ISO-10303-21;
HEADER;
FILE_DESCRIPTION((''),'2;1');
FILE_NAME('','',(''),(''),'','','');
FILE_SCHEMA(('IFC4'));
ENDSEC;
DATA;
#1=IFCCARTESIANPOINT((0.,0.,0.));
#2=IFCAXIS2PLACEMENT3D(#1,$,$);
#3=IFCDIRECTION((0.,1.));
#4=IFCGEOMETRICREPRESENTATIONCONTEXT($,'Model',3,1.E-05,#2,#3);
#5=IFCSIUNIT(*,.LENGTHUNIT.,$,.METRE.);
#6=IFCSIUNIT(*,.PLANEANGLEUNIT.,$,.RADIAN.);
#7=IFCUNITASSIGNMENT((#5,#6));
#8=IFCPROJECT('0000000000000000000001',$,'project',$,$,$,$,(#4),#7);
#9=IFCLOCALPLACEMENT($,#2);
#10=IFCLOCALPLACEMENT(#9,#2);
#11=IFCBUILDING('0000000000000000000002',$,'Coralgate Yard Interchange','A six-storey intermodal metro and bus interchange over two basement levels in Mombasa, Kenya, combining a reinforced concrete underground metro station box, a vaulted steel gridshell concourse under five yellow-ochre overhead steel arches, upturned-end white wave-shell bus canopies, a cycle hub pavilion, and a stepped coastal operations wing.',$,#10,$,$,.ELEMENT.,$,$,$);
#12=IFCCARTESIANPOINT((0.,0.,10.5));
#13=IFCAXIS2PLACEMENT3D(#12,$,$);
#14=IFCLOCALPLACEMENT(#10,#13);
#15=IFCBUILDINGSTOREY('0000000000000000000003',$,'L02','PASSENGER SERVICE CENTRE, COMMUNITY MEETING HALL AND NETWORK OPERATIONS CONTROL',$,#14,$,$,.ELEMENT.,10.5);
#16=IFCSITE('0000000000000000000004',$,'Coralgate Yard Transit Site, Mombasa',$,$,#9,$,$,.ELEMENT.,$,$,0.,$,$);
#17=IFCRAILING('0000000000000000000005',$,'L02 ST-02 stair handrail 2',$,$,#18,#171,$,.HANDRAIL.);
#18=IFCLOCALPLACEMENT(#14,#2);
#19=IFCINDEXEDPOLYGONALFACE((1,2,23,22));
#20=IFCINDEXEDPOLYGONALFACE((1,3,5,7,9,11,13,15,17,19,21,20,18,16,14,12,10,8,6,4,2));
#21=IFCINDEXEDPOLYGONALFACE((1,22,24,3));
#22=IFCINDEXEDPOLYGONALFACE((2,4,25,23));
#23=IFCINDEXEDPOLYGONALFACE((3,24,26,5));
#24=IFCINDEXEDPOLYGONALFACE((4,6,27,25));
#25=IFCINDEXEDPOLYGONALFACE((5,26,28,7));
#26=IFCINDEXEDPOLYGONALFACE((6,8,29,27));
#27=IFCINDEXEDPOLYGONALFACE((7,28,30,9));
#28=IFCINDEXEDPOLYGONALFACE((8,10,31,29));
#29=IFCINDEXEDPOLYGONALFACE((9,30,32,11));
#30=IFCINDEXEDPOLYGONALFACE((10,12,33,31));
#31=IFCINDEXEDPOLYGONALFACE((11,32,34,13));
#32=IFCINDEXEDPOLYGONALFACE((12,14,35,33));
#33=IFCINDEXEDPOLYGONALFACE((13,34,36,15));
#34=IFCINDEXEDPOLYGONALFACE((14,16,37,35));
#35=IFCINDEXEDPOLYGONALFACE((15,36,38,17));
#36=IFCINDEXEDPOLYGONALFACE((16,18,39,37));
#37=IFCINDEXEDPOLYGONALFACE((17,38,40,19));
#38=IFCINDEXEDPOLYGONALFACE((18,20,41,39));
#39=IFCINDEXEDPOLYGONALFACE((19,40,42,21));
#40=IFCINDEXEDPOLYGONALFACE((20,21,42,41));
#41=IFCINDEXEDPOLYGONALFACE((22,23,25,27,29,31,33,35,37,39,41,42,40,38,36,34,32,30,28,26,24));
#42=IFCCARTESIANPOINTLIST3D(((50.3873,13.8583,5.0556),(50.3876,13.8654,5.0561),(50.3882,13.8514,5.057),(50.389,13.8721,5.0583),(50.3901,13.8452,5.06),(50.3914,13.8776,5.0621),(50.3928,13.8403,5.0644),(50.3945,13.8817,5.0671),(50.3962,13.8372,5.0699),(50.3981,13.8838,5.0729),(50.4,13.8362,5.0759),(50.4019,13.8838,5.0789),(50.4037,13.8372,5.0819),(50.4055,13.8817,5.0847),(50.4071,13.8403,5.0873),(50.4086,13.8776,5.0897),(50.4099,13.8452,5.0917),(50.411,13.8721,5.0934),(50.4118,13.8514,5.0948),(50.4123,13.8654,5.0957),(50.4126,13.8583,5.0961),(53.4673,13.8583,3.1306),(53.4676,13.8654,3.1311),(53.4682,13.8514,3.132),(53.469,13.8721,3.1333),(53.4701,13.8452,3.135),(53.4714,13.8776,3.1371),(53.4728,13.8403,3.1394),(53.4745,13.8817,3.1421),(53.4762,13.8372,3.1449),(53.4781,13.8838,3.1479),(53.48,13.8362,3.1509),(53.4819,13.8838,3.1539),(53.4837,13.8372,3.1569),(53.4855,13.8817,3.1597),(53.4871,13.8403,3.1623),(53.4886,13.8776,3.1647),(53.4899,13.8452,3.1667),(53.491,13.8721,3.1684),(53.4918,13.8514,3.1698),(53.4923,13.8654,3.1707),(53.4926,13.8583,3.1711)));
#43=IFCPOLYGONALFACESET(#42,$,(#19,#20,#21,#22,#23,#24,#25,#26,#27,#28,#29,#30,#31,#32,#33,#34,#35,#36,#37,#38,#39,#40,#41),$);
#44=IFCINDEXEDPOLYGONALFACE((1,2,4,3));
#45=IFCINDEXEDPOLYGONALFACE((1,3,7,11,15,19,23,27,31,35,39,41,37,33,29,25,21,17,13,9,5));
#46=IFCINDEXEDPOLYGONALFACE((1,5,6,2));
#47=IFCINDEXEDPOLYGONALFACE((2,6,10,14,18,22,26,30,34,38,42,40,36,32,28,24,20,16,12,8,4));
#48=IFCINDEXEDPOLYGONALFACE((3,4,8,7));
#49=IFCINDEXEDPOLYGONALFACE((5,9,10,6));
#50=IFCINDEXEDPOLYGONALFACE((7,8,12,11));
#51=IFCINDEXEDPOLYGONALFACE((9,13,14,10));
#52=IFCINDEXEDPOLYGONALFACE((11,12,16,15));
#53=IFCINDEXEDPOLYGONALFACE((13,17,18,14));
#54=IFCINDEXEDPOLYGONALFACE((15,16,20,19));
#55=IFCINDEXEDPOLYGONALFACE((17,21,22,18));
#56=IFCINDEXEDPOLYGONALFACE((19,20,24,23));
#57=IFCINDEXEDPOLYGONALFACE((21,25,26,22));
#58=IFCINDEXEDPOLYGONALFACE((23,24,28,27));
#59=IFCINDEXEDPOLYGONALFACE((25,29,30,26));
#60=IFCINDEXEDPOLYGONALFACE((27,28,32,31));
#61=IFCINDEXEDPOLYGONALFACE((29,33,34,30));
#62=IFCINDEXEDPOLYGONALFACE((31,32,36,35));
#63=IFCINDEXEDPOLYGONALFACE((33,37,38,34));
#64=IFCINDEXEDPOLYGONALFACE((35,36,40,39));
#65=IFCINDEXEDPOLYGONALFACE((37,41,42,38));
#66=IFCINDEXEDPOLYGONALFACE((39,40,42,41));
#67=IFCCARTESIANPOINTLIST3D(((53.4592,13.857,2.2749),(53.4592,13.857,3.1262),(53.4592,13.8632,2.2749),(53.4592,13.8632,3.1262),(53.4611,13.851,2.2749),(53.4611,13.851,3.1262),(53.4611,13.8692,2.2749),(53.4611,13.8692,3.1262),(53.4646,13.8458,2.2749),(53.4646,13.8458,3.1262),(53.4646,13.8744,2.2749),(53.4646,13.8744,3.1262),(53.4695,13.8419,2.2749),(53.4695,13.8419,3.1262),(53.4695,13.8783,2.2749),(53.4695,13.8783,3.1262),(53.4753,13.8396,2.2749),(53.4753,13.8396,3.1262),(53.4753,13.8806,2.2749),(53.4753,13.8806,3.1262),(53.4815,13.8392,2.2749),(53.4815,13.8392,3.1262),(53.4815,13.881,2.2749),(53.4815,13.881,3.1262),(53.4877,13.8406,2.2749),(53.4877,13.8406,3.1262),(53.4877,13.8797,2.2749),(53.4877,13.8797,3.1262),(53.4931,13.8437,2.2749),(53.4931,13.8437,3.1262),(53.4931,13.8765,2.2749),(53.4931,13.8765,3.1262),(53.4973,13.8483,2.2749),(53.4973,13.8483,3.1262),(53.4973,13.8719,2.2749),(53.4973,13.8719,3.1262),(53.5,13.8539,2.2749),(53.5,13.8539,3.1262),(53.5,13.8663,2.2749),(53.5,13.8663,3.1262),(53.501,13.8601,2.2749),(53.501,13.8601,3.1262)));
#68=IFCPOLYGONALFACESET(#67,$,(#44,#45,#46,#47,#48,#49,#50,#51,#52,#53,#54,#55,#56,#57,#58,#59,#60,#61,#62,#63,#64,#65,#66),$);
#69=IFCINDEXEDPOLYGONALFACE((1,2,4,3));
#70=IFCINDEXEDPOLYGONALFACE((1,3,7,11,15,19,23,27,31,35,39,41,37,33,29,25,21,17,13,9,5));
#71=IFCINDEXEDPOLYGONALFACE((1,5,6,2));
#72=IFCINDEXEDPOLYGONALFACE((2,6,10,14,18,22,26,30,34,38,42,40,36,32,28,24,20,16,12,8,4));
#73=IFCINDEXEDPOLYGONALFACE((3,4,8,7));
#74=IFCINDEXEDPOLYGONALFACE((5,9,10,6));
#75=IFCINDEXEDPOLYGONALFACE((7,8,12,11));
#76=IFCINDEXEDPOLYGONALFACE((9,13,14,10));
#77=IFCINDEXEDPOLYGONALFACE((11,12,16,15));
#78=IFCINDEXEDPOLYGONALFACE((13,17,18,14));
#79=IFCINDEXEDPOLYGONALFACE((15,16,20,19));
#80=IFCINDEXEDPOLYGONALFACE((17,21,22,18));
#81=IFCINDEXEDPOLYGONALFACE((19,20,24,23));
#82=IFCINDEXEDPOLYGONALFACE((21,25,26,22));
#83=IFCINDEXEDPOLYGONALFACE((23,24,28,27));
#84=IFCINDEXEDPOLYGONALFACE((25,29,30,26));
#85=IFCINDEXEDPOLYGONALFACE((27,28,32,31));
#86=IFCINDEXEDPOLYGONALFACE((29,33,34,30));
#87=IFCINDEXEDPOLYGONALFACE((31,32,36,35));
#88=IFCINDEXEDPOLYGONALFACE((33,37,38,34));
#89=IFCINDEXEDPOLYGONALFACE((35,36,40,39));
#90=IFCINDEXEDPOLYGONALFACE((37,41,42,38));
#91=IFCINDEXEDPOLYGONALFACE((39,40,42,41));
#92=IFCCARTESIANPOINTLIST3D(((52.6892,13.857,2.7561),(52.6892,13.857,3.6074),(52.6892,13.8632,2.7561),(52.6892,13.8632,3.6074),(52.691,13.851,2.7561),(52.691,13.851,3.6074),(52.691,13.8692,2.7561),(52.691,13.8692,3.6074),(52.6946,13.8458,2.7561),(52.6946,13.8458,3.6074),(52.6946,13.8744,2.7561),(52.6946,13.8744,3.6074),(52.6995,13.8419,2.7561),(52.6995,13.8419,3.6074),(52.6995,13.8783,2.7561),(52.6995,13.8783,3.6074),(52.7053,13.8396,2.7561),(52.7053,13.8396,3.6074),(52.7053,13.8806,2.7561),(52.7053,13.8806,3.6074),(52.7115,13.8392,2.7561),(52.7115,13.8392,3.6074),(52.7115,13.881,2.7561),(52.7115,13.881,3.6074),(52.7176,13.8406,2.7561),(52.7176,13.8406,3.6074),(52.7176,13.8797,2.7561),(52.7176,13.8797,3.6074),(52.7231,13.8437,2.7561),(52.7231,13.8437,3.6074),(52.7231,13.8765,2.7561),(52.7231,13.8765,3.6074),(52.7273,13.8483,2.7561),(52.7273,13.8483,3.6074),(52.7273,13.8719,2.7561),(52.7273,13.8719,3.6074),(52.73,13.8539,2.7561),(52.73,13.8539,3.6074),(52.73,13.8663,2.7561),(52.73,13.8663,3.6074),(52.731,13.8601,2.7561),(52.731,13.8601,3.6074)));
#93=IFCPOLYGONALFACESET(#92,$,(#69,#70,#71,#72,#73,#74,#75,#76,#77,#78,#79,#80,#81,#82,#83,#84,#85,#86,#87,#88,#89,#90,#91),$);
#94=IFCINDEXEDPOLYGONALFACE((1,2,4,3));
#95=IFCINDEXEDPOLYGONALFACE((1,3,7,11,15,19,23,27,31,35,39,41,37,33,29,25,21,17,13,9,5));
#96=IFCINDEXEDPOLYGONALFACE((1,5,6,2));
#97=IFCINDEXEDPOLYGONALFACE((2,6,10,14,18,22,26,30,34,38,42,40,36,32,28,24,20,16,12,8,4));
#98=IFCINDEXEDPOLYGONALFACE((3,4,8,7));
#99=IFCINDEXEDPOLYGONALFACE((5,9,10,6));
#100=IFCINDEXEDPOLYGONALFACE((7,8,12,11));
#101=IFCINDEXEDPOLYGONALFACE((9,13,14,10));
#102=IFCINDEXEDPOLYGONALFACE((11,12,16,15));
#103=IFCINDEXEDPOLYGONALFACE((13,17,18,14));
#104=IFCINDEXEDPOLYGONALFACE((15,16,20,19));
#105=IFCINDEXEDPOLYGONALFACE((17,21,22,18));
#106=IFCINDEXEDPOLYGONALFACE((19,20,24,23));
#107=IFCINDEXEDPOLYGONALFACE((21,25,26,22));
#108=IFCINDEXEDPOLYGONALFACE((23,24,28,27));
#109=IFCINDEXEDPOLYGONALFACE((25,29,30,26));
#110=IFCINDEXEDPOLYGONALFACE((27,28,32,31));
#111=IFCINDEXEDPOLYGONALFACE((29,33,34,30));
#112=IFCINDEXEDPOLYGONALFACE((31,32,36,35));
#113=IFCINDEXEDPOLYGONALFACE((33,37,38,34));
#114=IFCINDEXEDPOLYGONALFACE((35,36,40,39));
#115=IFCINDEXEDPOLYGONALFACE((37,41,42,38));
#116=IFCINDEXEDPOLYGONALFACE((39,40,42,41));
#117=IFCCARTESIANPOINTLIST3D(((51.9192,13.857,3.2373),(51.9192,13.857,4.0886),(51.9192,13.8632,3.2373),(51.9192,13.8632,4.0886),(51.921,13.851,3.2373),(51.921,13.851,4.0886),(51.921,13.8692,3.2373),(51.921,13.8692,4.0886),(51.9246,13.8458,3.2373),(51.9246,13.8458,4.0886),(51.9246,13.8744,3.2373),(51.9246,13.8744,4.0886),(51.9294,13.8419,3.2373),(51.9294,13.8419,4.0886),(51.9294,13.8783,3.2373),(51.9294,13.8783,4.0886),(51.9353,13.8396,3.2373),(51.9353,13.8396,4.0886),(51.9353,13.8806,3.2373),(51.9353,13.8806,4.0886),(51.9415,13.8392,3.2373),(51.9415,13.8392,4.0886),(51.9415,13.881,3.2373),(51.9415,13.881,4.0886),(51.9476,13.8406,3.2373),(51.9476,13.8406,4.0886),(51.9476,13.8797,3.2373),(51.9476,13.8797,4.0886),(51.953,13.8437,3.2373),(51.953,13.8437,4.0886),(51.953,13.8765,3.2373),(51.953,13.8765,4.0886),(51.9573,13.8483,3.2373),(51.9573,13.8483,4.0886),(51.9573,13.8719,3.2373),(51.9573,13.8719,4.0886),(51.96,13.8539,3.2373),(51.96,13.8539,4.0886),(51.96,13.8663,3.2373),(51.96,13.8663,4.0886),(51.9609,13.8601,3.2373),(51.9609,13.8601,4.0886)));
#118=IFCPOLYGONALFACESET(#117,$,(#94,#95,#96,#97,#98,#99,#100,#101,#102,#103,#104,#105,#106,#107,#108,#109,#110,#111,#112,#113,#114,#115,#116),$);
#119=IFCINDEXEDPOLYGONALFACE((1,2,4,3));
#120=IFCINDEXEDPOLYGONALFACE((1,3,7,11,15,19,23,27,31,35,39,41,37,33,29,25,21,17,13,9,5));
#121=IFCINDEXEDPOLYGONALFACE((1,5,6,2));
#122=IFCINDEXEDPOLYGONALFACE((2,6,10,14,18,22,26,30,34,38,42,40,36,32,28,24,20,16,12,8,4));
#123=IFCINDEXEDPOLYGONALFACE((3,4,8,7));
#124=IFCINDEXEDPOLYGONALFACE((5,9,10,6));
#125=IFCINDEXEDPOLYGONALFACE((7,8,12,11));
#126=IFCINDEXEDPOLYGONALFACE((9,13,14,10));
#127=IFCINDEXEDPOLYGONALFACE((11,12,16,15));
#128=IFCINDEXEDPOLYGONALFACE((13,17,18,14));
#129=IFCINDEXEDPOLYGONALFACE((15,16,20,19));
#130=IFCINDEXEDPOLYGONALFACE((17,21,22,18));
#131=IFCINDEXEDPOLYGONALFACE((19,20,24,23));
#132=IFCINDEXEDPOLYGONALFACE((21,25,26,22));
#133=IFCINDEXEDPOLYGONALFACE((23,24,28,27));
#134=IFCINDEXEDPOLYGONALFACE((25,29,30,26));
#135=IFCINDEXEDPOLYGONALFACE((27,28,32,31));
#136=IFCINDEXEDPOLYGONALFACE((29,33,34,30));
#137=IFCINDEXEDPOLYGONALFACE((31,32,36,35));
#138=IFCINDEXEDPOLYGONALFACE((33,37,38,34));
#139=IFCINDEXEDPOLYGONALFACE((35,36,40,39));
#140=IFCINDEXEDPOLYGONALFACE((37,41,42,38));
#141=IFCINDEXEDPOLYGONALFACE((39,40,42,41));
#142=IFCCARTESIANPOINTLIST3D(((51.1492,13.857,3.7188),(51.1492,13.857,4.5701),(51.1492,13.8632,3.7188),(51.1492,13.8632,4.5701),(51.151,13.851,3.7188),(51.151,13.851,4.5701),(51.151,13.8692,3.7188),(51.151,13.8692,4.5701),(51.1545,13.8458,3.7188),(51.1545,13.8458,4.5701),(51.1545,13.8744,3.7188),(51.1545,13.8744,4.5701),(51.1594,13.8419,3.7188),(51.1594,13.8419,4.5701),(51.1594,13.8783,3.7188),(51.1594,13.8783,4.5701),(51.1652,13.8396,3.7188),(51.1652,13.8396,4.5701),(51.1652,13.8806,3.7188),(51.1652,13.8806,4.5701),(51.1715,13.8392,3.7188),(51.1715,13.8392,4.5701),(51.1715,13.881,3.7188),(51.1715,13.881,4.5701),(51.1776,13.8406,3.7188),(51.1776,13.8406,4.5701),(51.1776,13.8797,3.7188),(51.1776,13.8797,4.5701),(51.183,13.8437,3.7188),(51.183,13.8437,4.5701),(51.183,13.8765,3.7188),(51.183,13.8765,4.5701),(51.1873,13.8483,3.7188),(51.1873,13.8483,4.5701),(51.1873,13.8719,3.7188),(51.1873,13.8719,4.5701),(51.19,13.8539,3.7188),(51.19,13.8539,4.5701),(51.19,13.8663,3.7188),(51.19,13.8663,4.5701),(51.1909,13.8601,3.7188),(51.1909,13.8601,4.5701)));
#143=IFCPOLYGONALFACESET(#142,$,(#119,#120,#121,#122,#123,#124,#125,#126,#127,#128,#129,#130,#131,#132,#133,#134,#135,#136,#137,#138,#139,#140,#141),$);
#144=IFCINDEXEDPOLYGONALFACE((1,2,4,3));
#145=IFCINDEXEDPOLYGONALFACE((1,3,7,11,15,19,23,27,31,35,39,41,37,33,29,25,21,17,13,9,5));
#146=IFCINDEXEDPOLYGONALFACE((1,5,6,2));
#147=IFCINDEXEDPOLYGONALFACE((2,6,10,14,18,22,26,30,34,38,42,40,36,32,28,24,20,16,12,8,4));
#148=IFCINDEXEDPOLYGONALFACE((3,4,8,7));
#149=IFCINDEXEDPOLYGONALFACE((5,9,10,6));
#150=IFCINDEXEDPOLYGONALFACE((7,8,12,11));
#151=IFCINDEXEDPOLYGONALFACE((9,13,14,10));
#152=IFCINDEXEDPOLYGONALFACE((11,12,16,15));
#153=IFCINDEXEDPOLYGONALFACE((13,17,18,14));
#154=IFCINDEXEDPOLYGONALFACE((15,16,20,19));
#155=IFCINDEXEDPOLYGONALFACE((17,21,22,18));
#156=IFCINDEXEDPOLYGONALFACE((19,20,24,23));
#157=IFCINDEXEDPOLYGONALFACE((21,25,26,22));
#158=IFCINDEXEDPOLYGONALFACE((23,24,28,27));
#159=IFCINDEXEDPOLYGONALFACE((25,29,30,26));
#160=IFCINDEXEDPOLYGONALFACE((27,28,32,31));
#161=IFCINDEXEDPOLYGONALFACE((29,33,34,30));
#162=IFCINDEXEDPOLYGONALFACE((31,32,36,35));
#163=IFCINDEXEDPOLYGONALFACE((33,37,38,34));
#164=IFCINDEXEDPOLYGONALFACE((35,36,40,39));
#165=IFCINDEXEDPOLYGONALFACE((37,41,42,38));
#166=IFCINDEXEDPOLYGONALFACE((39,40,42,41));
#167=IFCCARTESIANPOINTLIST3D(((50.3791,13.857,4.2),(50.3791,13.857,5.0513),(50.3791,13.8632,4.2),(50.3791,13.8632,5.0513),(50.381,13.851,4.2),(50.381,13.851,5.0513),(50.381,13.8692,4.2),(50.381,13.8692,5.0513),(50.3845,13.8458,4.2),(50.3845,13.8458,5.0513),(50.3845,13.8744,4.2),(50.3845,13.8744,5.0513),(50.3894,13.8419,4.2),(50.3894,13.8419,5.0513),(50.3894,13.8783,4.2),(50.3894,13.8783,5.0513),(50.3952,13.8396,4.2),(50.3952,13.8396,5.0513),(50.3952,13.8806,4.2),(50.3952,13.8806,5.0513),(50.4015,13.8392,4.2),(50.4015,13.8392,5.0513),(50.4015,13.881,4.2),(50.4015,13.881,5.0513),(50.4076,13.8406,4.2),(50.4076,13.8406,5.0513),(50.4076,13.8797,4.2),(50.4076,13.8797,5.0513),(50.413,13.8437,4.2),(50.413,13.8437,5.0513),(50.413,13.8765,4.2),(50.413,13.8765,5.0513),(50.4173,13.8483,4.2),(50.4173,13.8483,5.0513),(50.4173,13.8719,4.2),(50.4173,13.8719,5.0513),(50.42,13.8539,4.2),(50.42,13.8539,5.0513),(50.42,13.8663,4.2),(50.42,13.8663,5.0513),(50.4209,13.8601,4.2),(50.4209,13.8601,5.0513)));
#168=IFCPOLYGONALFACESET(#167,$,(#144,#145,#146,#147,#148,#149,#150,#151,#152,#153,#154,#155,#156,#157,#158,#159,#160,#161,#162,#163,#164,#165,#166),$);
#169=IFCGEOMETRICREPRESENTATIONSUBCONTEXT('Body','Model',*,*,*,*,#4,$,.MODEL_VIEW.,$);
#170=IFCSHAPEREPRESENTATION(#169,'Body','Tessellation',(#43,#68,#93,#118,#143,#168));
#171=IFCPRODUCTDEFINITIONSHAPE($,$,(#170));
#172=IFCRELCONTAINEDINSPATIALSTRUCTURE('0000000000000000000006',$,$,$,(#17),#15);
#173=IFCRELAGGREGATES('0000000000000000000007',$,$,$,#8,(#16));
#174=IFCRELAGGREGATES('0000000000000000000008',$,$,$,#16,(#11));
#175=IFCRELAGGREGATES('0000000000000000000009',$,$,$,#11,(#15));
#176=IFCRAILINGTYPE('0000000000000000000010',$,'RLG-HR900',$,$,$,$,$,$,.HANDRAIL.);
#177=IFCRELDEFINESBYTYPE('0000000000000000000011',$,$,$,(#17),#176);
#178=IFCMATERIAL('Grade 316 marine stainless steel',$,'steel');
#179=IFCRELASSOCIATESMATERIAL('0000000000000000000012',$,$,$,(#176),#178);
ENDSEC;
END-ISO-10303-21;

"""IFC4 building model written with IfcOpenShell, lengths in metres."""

from ifc_helpers import new_model, si_unit, direction, frame, origin, origin_2d, place, context, subcontext, project, spatial, circle, extrude, material, type_object, element, save


model = new_model("IFC4")

# Units and contexts
model_context = context("Model", 3, precision=1e-05, world=origin(), true_north=direction((0.0, 1.0)))
body_context = subcontext(model_context, "Body", "Model", "MODEL_VIEW")
ifc_project = project(units=[si_unit("LENGTHUNIT", "METRE"), si_unit("PLANEANGLEUNIT", "RADIAN")], contexts=[model_context])

# Site, building, storey
site_placement = place(None, origin())
site = spatial("IfcSite", under=ifc_project, at=site_placement, Name="Coralgate Yard Transit Site, Mombasa", CompositionType="ELEMENT", RefElevation=0.0)
building_placement = place(site_placement, origin())
building = spatial("IfcBuilding", under=site, at=building_placement, Name="Coralgate Yard Interchange", Description="A six-storey intermodal metro and bus interchange over two basement levels in Mombasa, Kenya, combining a reinforced concrete underground metro station box, a vaulted steel gridshell concourse under five yellow-ochre overhead steel arches, upturned-end white wave-shell bus canopies, a cycle hub pavilion, and a stepped coastal operations wing.", CompositionType="ELEMENT")
storey_placement = place(building_placement, frame((0.0, 0.0, 10.5)))
storey = spatial("IfcBuildingStorey", under=building, at=storey_placement, Name="L02", Description="PASSENGER SERVICE CENTRE, COMMUNITY MEETING HALL AND NETWORK OPERATIONS CONTROL", CompositionType="ELEMENT", Elevation=10.5)

# Railing
ifc_material_1 = material(Name="Grade 316 marine stainless steel", Category="steel")
railing_type_1 = type_object("IfcRailingType", Name="RLG-HR900", PredefinedType="HANDRAIL", material=ifc_material_1)
railing_1_placement = place(storey_placement, frame((53.48, 13.8601, 2.2749)))
element("IfcRailing", 1, at=railing_1_placement, inside=storey, type_object=railing_type_1, Name="L02 ST-02 stair handrail 2", PredefinedType="HANDRAIL", context=body_context, shape_type="SweptSolid", body=[
    extrude(circle(Radius=0.0239, at=origin_2d()), frame((0.0, 0.0, 0.876), z_axis=(-0.847998, 0.0, 0.529999), x_axis=(0.0, -1.0, 0.0)), (0.0, 0.0, 1.0), 3.6321),
    extrude(circle(Radius=0.021, at=origin_2d()), origin(), (0.0, 0.0, 1.0), 0.8513),
    extrude(circle(Radius=0.021, at=origin_2d()), frame((-0.77, 0.0, 0.4812)), (0.0, 0.0, 1.0), 0.8513),
    extrude(circle(Radius=0.021, at=origin_2d()), frame((-1.54, 0.0, 0.9624)), (0.0, 0.0, 1.0), 0.8513),
    extrude(circle(Radius=0.021, at=origin_2d()), frame((-2.3101, 0.0, 1.4438)), (0.0, 0.0, 1.0), 0.8513),
    extrude(circle(Radius=0.021, at=origin_2d()), frame((-3.0801, 0.0, 1.925)), (0.0, 0.0, 1.0), 0.8513),
])

save(model, "model.ifc")
